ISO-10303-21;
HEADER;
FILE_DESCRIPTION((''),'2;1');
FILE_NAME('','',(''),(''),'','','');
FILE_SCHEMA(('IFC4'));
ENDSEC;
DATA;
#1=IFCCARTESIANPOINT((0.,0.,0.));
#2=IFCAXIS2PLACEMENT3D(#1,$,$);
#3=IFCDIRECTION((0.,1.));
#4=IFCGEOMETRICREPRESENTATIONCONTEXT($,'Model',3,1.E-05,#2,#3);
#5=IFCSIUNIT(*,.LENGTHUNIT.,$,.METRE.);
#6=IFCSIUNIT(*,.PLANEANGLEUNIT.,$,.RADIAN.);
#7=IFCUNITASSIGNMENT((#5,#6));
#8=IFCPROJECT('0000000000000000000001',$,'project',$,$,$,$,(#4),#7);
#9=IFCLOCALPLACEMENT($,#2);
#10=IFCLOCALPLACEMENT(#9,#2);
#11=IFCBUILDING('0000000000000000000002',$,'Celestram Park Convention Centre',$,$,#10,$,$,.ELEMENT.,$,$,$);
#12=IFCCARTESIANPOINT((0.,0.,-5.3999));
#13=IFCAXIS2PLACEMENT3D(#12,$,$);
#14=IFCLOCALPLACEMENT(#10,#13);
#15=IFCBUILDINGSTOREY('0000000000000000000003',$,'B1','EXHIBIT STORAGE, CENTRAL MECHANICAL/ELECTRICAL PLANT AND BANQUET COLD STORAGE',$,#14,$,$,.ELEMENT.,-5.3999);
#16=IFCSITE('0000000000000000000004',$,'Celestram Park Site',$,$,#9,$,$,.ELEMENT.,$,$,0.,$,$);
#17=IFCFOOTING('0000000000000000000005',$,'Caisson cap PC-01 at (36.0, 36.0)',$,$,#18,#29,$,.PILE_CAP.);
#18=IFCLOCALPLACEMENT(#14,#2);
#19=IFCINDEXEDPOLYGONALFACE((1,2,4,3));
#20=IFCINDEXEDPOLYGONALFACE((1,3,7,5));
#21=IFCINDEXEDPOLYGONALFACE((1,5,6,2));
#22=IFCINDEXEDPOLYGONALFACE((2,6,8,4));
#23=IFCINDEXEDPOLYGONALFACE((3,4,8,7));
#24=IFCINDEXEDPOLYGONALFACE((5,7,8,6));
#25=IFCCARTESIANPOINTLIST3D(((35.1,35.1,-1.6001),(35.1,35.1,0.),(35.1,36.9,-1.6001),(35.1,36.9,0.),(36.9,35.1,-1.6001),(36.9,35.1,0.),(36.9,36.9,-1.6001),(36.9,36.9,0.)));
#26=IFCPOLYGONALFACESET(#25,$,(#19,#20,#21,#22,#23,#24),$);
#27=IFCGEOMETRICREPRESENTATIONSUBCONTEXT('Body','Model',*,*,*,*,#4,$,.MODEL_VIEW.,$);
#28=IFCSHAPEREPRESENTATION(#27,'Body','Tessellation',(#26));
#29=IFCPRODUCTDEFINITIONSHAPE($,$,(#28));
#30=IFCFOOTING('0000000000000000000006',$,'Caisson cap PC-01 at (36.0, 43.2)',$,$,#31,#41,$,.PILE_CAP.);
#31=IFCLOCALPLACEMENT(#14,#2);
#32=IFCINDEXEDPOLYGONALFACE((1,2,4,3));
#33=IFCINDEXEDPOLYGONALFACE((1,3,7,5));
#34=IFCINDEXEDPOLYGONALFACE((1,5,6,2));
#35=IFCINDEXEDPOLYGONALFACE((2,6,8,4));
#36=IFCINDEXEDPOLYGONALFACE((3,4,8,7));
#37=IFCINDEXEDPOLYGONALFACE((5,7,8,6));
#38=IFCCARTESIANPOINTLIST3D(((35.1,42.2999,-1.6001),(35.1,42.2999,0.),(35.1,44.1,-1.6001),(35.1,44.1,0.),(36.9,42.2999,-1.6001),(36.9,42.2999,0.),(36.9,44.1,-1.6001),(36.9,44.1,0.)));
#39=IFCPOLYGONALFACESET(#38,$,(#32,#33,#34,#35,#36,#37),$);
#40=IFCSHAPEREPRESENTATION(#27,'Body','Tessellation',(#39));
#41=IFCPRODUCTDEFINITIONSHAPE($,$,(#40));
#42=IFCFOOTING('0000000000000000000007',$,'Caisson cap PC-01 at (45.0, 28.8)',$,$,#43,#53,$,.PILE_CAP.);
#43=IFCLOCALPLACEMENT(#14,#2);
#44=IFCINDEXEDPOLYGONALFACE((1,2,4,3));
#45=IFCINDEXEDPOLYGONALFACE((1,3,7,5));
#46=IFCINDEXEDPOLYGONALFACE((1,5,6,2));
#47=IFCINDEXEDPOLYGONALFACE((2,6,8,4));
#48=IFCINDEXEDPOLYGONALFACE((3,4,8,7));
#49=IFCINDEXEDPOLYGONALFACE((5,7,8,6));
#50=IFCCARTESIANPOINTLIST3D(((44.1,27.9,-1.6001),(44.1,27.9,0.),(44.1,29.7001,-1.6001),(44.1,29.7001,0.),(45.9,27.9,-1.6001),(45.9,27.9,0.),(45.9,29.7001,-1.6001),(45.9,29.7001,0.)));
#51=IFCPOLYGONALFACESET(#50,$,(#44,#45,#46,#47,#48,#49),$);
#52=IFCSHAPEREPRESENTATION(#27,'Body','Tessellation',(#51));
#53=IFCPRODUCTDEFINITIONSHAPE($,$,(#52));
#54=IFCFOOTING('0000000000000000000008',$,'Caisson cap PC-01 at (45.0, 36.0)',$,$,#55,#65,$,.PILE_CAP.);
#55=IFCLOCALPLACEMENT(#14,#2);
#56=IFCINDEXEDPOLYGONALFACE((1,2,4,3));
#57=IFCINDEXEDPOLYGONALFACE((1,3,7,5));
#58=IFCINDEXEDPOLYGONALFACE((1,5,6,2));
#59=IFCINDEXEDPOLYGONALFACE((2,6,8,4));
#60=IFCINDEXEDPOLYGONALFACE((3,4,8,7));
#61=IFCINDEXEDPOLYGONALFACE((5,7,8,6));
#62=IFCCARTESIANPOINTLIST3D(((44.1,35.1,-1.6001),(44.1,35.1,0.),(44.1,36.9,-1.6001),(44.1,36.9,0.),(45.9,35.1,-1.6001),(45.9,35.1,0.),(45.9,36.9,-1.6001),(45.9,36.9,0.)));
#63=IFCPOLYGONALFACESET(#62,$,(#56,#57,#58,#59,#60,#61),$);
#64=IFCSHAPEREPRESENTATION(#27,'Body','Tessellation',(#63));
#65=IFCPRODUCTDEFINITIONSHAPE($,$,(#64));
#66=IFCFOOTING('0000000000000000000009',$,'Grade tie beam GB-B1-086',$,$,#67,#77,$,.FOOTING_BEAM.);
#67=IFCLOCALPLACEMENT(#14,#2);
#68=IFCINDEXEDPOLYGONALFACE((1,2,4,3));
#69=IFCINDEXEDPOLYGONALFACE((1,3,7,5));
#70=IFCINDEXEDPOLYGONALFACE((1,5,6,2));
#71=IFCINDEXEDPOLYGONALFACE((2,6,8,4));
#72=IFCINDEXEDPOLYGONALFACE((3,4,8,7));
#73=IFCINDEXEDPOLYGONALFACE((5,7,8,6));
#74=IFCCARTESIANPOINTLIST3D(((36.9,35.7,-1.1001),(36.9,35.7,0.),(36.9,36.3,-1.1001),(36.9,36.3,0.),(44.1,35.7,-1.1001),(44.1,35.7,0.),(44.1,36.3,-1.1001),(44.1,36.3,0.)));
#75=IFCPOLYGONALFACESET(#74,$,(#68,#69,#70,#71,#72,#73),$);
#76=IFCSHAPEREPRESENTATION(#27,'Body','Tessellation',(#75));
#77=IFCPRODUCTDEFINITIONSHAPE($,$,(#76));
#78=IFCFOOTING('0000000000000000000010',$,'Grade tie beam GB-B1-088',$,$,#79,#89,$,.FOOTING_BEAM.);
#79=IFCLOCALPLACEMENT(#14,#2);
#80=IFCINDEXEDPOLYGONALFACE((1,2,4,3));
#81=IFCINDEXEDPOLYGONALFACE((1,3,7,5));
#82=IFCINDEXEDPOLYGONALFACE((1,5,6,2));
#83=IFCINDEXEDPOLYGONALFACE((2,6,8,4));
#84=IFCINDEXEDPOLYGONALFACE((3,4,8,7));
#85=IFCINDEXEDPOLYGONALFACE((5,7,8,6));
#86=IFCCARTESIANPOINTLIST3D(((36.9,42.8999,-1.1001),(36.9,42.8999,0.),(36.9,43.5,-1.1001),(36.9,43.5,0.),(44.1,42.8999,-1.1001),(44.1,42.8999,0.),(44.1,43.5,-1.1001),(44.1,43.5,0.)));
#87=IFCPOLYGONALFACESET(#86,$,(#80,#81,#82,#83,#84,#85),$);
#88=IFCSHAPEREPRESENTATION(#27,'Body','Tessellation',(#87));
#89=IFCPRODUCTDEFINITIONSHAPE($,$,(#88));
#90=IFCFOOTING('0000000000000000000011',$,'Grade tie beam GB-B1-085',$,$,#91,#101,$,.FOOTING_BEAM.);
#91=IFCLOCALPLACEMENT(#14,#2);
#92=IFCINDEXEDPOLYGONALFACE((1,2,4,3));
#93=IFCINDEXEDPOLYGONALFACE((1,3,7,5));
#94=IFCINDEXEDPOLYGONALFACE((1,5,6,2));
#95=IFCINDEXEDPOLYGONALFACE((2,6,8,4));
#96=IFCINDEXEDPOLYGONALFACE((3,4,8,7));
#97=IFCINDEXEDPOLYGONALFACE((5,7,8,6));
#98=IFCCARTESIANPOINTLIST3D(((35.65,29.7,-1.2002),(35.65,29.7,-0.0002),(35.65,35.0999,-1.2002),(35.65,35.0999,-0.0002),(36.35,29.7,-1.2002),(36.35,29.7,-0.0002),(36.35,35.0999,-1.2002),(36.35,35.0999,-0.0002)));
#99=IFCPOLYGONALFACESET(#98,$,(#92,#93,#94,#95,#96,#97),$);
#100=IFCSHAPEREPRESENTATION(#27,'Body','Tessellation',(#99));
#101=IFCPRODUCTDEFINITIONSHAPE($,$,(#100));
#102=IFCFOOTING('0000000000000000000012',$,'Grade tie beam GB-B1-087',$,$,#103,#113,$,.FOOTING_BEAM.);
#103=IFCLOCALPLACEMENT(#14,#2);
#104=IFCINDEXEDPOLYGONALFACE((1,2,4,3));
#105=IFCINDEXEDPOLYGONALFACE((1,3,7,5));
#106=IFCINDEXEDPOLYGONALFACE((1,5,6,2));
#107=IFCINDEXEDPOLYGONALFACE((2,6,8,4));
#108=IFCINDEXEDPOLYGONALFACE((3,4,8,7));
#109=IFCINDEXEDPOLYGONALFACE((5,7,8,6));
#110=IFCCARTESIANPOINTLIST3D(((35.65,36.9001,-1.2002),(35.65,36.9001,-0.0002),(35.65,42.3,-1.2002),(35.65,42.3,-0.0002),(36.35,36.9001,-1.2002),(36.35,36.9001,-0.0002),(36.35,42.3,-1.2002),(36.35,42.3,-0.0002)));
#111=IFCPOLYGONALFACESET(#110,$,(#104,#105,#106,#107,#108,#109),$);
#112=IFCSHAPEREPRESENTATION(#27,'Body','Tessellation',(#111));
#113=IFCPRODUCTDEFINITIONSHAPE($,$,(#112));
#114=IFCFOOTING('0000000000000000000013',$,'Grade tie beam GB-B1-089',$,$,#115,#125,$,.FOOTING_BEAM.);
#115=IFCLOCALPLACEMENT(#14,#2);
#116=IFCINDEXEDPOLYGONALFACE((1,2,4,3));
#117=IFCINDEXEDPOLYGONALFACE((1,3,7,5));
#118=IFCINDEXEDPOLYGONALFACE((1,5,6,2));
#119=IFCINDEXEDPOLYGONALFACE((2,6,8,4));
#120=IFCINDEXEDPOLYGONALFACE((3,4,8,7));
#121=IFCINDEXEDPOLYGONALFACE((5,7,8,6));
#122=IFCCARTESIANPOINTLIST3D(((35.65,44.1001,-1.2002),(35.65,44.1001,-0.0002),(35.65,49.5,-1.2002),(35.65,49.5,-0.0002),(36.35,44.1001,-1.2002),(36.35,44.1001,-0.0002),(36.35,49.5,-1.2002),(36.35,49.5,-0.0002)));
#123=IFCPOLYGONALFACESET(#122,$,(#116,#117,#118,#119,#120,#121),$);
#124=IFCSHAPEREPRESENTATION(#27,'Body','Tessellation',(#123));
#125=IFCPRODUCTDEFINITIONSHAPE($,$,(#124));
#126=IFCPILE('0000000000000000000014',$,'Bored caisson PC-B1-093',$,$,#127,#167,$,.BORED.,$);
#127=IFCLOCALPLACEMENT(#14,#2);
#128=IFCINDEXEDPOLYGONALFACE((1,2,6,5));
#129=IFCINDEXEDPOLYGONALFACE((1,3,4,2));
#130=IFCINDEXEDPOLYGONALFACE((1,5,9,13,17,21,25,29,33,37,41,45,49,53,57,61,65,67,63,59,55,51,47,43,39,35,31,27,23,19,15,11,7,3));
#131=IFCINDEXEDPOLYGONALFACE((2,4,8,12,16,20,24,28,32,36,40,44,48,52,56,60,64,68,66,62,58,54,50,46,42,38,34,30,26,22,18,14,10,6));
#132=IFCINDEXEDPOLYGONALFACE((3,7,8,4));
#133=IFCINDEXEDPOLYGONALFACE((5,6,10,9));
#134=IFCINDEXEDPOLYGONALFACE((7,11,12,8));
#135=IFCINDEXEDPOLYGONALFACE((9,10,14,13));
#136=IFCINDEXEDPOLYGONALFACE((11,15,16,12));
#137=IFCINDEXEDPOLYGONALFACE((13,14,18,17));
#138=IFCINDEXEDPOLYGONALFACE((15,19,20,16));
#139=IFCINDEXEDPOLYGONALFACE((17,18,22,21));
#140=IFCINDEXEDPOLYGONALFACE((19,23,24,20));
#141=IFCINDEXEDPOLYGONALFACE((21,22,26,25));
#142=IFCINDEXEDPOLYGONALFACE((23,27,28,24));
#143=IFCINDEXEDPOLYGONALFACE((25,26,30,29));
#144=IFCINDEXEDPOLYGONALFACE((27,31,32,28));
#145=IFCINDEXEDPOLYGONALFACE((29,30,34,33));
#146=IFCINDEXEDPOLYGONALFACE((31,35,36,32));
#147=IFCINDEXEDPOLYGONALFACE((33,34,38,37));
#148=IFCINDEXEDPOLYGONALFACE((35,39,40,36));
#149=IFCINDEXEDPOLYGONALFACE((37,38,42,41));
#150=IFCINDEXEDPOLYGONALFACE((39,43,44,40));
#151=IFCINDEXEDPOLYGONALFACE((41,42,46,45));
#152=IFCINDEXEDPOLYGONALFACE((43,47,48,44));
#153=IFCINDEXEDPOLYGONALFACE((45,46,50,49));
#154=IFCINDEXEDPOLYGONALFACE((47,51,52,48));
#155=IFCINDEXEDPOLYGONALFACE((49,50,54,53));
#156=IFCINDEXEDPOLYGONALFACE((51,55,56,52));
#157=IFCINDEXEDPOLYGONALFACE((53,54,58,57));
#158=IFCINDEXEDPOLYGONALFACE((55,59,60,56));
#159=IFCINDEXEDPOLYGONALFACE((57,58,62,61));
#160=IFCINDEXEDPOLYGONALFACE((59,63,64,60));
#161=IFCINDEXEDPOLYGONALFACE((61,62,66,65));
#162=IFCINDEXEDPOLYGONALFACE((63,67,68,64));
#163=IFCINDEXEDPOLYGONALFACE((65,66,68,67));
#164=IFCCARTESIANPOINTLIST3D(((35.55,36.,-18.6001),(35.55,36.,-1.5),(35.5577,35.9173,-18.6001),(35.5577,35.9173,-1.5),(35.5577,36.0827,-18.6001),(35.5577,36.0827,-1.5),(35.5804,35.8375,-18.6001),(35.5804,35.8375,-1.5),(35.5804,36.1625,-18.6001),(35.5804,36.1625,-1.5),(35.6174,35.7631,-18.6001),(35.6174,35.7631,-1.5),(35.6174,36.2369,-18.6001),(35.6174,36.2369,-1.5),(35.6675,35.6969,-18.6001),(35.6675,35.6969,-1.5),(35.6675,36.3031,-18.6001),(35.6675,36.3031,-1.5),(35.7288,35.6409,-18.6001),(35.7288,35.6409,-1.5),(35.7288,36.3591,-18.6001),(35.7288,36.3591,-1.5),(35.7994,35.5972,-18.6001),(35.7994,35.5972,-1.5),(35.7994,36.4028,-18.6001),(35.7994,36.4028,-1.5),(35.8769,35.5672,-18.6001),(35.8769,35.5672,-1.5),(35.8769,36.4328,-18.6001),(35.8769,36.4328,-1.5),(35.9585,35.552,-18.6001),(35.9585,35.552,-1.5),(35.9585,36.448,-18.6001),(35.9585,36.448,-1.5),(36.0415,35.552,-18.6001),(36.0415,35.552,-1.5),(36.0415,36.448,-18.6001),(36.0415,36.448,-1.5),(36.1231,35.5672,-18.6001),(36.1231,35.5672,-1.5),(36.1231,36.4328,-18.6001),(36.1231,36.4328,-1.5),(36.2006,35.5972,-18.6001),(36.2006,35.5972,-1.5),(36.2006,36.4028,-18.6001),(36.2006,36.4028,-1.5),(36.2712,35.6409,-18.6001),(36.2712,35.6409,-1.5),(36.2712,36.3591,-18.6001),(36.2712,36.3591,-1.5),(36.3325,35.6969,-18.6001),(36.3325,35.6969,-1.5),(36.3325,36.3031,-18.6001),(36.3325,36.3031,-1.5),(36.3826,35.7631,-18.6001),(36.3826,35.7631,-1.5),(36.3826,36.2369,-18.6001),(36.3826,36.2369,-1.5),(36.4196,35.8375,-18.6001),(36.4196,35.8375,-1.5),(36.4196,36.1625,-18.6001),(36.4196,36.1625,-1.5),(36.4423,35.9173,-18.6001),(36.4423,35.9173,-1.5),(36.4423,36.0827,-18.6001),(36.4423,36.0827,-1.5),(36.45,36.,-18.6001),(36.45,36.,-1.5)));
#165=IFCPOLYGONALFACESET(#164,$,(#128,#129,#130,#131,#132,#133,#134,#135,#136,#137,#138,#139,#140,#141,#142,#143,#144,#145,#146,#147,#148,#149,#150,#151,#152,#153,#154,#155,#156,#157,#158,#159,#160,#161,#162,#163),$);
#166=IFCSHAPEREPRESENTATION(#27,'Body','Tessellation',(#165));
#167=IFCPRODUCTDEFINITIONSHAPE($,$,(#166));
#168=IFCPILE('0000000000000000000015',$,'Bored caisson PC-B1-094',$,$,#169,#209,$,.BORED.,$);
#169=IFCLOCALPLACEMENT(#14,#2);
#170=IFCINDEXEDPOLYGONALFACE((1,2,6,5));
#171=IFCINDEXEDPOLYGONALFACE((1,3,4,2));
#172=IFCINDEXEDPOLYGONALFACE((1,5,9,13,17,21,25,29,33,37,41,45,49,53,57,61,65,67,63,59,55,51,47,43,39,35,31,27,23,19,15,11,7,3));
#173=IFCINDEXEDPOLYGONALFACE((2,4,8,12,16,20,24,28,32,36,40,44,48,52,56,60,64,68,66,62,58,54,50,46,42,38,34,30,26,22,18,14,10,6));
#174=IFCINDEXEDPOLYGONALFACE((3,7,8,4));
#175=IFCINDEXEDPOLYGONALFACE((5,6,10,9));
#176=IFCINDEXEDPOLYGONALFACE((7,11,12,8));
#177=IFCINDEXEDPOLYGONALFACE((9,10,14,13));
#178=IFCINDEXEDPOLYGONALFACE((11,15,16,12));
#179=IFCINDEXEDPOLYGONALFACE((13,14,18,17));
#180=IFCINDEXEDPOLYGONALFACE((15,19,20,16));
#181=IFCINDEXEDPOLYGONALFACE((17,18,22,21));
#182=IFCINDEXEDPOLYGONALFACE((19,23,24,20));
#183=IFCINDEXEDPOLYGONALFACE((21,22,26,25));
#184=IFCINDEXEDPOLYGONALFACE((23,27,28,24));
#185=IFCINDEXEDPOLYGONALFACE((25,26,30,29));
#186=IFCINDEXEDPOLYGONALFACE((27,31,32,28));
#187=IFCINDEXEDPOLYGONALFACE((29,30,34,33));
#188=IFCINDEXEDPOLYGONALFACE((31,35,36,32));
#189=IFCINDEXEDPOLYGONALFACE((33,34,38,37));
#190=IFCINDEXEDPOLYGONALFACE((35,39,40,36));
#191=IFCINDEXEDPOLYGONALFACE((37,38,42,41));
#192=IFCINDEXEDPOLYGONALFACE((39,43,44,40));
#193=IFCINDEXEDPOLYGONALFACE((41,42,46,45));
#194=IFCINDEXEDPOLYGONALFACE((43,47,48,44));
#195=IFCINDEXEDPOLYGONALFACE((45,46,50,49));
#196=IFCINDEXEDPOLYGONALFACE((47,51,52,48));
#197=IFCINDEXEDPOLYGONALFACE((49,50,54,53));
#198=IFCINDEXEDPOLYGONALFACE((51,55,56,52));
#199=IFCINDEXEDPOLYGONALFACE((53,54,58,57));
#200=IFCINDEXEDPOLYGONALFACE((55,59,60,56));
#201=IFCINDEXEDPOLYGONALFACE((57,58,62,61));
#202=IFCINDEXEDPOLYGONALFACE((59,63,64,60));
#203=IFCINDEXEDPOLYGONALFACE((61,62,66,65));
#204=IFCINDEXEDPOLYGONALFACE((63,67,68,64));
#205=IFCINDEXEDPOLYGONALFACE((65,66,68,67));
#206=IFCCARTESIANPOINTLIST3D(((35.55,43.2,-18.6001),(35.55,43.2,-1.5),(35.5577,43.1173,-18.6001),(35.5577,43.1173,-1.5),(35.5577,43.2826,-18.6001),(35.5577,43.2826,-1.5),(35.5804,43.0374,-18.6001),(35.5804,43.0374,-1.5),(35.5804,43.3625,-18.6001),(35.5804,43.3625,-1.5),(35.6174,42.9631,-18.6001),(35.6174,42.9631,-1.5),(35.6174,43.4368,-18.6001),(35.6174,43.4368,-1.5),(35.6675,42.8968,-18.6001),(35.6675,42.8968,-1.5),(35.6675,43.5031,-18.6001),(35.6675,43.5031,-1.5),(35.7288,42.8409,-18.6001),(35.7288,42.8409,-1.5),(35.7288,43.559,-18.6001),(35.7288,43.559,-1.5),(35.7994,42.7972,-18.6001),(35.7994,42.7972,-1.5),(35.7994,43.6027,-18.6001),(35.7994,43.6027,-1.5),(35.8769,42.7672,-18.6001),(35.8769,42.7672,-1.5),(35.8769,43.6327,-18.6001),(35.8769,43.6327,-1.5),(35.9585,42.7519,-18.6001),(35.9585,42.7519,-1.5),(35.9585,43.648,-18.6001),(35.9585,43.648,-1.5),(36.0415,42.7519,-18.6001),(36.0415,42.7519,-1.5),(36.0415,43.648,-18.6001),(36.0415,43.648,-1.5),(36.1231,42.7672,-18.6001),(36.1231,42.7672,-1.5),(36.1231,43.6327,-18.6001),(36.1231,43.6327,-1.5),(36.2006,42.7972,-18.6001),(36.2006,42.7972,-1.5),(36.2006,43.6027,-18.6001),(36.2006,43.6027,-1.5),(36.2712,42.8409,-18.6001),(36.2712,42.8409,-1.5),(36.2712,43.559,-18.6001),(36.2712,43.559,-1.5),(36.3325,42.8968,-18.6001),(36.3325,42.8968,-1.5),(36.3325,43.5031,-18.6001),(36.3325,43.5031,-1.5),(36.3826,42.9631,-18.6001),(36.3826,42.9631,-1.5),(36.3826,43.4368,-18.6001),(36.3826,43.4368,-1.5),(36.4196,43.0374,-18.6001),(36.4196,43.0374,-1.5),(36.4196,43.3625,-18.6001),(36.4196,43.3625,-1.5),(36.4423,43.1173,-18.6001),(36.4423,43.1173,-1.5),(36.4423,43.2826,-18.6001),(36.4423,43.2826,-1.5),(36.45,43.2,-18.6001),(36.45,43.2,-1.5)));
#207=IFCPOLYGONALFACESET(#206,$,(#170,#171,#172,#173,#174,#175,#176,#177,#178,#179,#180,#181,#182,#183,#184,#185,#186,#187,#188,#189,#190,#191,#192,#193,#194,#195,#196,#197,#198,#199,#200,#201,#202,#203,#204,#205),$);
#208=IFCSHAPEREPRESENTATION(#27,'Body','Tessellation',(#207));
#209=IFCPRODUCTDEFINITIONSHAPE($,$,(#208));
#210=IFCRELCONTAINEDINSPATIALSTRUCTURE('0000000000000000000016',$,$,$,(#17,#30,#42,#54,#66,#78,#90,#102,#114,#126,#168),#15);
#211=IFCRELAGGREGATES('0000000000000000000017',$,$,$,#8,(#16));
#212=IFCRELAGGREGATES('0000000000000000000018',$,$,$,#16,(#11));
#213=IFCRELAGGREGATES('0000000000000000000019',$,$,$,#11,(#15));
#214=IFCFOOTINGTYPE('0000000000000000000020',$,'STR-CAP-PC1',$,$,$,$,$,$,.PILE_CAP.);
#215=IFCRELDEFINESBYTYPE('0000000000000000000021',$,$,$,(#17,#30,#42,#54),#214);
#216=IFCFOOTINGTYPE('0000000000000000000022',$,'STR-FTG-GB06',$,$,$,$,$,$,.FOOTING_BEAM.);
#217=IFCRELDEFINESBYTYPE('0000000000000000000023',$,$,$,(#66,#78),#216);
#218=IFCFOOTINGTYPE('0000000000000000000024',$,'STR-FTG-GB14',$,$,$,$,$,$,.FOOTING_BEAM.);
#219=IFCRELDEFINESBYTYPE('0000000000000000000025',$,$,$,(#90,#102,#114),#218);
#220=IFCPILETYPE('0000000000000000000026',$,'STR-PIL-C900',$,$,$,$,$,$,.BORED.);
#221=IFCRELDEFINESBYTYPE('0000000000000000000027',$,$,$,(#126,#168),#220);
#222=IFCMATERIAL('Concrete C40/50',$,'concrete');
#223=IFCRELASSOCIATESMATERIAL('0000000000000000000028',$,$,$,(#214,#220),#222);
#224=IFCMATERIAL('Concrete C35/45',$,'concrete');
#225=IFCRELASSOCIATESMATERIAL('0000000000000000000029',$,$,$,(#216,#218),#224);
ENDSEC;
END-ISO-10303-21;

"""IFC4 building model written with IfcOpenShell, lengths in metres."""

from ifc_helpers import new_model, si_unit, direction, frame, origin, origin_2d, place, context, subcontext, project, spatial, rectangle, circle, extrude, material, material_profile, profile_set, type_object, element, save


model = new_model("IFC4")

# Units and contexts
model_context = context("Model", 3, precision=1e-05, world=origin(), true_north=direction((0.0, 1.0)))
body_context = subcontext(model_context, "Body", "Model", "MODEL_VIEW")
ifc_project = project(units=[si_unit("LENGTHUNIT", "METRE"), si_unit("PLANEANGLEUNIT", "RADIAN")], contexts=[model_context])

# Site, building, storey
site_placement = place(None, origin())
site = spatial("IfcSite", under=ifc_project, at=site_placement, Name="Celestram Park Site", CompositionType="ELEMENT", RefElevation=0.0)
building_placement = place(site_placement, origin())
building = spatial("IfcBuilding", under=site, at=building_placement, Name="Celestram Park Convention Centre", CompositionType="ELEMENT")
storey_placement = place(building_placement, frame((0.0, 0.0, -5.3999)))
storey = spatial("IfcBuildingStorey", under=building, at=storey_placement, Name="B1", Description="EXHIBIT STORAGE, CENTRAL MECHANICAL/ELECTRICAL PLANT AND BANQUET COLD STORAGE", CompositionType="ELEMENT", Elevation=-5.3999)

# Footings
ifc_material_1 = material(Name="Concrete C40/50", Category="concrete")
footing_type_1 = type_object("IfcFootingType", Name="STR-CAP-PC1", PredefinedType="PILE_CAP", material=ifc_material_1)
for number, where, z_axis, x_axis, name in (
    (1, (36.0, 36.0, -1.6001), (0.0, 0.0, 1.0), (1.0, 0.0, 0.0), "Caisson cap PC-01 at (36.0, 36.0)"),
    (2, (36.0, 43.2, -1.6001), (0.0, 0.0, 1.0), (1.0, 0.0, 0.0), "Caisson cap PC-01 at (36.0, 43.2)"),
    (3, (45.0, 28.8, -1.6001), (0.0, 0.0, 1.0), (1.0, 0.0, 0.0), "Caisson cap PC-01 at (45.0, 28.8)"),
    (4, (45.0, 36.0, -1.6001), (0.0, 0.0, 1.0), (1.0, 0.0, 0.0), "Caisson cap PC-01 at (45.0, 36.0)"),
):
    element("IfcFooting", number, at=place(storey_placement, frame(where, z_axis=z_axis, x_axis=x_axis)), inside=storey, type_object=footing_type_1, Name=name, PredefinedType="PILE_CAP", context=body_context, shape_type="SweptSolid", body=[
        extrude(rectangle(XDim=1.8, YDim=1.8, at=origin_2d()), origin(), (0.0, 0.0, 1.0), 1.6001),
    ])
ifc_material_2 = material(Name="Concrete C35/45", Category="concrete")
footing_type_2 = type_object("IfcFootingType", Name="STR-FTG-GB06", PredefinedType="FOOTING_BEAM", material=ifc_material_2)
for number, where, z_axis, x_axis, name in (
    (5, (40.5, 36.0, -1.1001), (0.0, 0.0, 1.0), (1.0, 0.0, 0.0), "Grade tie beam GB-B1-086"),
    (6, (40.5, 43.2, -1.1001), (0.0, 0.0, 1.0), (1.0, 0.0, 0.0), "Grade tie beam GB-B1-088"),
):
    element("IfcFooting", number, at=place(storey_placement, frame(where, z_axis=z_axis, x_axis=x_axis)), inside=storey, type_object=footing_type_2, Name=name, PredefinedType="FOOTING_BEAM", context=body_context, shape_type="SweptSolid", body=[
        extrude(rectangle(XDim=7.2, YDim=0.6001, at=origin_2d()), origin(), (0.0, 0.0, 1.0), 1.1001),
    ])
footing_type_3 = type_object("IfcFootingType", Name="STR-FTG-GB14", PredefinedType="FOOTING_BEAM", material=ifc_material_2)
for number, where, z_axis, x_axis, name in (
    (7, (36.0, 32.3999, -1.2002), (0.0, 0.0, 1.0), (0.0, 1.0, 0.0), "Grade tie beam GB-B1-085"),
    (8, (36.0, 39.6001, -1.2002), (0.0, 0.0, 1.0), (0.0, 1.0, 0.0), "Grade tie beam GB-B1-087"),
    (9, (36.0, 46.8, -1.2002), (0.0, 0.0, 1.0), (0.0, 1.0, 0.0), "Grade tie beam GB-B1-089"),
):
    element("IfcFooting", number, at=place(storey_placement, frame(where, z_axis=z_axis, x_axis=x_axis)), inside=storey, type_object=footing_type_3, Name=name, PredefinedType="FOOTING_BEAM", context=body_context, shape_type="SweptSolid", body=[
        extrude(rectangle(XDim=5.3999, YDim=0.7, at=origin_2d()), origin(), (0.0, 0.0, 1.0), 1.2),
    ])

# Piles
ifc_material_profile_1 = material_profile(ifc_material_1, circle(Radius=0.45, at=origin_2d()), Name="CAISSON900")
ifc_profile_set_1 = profile_set([ifc_material_profile_1], Name="Concrete C40/50")
pile_type = type_object("IfcPileType", Name="STR-PIL-C900", PredefinedType="BORED", material=ifc_profile_set_1)
for number, where, z_axis, x_axis, name in (
    (10, (36.0, 36.0, -1.5), (0.0, 0.0, -1.0), (1.0, 0.0, 0.0), "Bored caisson PC-B1-093"),
    (11, (36.0, 43.2, -1.5), (0.0, 0.0, -1.0), (1.0, 0.0, 0.0), "Bored caisson PC-B1-094"),
):
    element("IfcPile", number, at=place(storey_placement, frame(where, z_axis=z_axis, x_axis=x_axis)), inside=storey, type_object=pile_type, Name=name, PredefinedType="BORED", context=body_context, shape_type="SweptSolid", body=[
        extrude(circle(Radius=0.45, at=origin_2d()), origin(), (0.0, 0.0, 1.0), 17.1001),
    ])

save(model, "model.ifc")
